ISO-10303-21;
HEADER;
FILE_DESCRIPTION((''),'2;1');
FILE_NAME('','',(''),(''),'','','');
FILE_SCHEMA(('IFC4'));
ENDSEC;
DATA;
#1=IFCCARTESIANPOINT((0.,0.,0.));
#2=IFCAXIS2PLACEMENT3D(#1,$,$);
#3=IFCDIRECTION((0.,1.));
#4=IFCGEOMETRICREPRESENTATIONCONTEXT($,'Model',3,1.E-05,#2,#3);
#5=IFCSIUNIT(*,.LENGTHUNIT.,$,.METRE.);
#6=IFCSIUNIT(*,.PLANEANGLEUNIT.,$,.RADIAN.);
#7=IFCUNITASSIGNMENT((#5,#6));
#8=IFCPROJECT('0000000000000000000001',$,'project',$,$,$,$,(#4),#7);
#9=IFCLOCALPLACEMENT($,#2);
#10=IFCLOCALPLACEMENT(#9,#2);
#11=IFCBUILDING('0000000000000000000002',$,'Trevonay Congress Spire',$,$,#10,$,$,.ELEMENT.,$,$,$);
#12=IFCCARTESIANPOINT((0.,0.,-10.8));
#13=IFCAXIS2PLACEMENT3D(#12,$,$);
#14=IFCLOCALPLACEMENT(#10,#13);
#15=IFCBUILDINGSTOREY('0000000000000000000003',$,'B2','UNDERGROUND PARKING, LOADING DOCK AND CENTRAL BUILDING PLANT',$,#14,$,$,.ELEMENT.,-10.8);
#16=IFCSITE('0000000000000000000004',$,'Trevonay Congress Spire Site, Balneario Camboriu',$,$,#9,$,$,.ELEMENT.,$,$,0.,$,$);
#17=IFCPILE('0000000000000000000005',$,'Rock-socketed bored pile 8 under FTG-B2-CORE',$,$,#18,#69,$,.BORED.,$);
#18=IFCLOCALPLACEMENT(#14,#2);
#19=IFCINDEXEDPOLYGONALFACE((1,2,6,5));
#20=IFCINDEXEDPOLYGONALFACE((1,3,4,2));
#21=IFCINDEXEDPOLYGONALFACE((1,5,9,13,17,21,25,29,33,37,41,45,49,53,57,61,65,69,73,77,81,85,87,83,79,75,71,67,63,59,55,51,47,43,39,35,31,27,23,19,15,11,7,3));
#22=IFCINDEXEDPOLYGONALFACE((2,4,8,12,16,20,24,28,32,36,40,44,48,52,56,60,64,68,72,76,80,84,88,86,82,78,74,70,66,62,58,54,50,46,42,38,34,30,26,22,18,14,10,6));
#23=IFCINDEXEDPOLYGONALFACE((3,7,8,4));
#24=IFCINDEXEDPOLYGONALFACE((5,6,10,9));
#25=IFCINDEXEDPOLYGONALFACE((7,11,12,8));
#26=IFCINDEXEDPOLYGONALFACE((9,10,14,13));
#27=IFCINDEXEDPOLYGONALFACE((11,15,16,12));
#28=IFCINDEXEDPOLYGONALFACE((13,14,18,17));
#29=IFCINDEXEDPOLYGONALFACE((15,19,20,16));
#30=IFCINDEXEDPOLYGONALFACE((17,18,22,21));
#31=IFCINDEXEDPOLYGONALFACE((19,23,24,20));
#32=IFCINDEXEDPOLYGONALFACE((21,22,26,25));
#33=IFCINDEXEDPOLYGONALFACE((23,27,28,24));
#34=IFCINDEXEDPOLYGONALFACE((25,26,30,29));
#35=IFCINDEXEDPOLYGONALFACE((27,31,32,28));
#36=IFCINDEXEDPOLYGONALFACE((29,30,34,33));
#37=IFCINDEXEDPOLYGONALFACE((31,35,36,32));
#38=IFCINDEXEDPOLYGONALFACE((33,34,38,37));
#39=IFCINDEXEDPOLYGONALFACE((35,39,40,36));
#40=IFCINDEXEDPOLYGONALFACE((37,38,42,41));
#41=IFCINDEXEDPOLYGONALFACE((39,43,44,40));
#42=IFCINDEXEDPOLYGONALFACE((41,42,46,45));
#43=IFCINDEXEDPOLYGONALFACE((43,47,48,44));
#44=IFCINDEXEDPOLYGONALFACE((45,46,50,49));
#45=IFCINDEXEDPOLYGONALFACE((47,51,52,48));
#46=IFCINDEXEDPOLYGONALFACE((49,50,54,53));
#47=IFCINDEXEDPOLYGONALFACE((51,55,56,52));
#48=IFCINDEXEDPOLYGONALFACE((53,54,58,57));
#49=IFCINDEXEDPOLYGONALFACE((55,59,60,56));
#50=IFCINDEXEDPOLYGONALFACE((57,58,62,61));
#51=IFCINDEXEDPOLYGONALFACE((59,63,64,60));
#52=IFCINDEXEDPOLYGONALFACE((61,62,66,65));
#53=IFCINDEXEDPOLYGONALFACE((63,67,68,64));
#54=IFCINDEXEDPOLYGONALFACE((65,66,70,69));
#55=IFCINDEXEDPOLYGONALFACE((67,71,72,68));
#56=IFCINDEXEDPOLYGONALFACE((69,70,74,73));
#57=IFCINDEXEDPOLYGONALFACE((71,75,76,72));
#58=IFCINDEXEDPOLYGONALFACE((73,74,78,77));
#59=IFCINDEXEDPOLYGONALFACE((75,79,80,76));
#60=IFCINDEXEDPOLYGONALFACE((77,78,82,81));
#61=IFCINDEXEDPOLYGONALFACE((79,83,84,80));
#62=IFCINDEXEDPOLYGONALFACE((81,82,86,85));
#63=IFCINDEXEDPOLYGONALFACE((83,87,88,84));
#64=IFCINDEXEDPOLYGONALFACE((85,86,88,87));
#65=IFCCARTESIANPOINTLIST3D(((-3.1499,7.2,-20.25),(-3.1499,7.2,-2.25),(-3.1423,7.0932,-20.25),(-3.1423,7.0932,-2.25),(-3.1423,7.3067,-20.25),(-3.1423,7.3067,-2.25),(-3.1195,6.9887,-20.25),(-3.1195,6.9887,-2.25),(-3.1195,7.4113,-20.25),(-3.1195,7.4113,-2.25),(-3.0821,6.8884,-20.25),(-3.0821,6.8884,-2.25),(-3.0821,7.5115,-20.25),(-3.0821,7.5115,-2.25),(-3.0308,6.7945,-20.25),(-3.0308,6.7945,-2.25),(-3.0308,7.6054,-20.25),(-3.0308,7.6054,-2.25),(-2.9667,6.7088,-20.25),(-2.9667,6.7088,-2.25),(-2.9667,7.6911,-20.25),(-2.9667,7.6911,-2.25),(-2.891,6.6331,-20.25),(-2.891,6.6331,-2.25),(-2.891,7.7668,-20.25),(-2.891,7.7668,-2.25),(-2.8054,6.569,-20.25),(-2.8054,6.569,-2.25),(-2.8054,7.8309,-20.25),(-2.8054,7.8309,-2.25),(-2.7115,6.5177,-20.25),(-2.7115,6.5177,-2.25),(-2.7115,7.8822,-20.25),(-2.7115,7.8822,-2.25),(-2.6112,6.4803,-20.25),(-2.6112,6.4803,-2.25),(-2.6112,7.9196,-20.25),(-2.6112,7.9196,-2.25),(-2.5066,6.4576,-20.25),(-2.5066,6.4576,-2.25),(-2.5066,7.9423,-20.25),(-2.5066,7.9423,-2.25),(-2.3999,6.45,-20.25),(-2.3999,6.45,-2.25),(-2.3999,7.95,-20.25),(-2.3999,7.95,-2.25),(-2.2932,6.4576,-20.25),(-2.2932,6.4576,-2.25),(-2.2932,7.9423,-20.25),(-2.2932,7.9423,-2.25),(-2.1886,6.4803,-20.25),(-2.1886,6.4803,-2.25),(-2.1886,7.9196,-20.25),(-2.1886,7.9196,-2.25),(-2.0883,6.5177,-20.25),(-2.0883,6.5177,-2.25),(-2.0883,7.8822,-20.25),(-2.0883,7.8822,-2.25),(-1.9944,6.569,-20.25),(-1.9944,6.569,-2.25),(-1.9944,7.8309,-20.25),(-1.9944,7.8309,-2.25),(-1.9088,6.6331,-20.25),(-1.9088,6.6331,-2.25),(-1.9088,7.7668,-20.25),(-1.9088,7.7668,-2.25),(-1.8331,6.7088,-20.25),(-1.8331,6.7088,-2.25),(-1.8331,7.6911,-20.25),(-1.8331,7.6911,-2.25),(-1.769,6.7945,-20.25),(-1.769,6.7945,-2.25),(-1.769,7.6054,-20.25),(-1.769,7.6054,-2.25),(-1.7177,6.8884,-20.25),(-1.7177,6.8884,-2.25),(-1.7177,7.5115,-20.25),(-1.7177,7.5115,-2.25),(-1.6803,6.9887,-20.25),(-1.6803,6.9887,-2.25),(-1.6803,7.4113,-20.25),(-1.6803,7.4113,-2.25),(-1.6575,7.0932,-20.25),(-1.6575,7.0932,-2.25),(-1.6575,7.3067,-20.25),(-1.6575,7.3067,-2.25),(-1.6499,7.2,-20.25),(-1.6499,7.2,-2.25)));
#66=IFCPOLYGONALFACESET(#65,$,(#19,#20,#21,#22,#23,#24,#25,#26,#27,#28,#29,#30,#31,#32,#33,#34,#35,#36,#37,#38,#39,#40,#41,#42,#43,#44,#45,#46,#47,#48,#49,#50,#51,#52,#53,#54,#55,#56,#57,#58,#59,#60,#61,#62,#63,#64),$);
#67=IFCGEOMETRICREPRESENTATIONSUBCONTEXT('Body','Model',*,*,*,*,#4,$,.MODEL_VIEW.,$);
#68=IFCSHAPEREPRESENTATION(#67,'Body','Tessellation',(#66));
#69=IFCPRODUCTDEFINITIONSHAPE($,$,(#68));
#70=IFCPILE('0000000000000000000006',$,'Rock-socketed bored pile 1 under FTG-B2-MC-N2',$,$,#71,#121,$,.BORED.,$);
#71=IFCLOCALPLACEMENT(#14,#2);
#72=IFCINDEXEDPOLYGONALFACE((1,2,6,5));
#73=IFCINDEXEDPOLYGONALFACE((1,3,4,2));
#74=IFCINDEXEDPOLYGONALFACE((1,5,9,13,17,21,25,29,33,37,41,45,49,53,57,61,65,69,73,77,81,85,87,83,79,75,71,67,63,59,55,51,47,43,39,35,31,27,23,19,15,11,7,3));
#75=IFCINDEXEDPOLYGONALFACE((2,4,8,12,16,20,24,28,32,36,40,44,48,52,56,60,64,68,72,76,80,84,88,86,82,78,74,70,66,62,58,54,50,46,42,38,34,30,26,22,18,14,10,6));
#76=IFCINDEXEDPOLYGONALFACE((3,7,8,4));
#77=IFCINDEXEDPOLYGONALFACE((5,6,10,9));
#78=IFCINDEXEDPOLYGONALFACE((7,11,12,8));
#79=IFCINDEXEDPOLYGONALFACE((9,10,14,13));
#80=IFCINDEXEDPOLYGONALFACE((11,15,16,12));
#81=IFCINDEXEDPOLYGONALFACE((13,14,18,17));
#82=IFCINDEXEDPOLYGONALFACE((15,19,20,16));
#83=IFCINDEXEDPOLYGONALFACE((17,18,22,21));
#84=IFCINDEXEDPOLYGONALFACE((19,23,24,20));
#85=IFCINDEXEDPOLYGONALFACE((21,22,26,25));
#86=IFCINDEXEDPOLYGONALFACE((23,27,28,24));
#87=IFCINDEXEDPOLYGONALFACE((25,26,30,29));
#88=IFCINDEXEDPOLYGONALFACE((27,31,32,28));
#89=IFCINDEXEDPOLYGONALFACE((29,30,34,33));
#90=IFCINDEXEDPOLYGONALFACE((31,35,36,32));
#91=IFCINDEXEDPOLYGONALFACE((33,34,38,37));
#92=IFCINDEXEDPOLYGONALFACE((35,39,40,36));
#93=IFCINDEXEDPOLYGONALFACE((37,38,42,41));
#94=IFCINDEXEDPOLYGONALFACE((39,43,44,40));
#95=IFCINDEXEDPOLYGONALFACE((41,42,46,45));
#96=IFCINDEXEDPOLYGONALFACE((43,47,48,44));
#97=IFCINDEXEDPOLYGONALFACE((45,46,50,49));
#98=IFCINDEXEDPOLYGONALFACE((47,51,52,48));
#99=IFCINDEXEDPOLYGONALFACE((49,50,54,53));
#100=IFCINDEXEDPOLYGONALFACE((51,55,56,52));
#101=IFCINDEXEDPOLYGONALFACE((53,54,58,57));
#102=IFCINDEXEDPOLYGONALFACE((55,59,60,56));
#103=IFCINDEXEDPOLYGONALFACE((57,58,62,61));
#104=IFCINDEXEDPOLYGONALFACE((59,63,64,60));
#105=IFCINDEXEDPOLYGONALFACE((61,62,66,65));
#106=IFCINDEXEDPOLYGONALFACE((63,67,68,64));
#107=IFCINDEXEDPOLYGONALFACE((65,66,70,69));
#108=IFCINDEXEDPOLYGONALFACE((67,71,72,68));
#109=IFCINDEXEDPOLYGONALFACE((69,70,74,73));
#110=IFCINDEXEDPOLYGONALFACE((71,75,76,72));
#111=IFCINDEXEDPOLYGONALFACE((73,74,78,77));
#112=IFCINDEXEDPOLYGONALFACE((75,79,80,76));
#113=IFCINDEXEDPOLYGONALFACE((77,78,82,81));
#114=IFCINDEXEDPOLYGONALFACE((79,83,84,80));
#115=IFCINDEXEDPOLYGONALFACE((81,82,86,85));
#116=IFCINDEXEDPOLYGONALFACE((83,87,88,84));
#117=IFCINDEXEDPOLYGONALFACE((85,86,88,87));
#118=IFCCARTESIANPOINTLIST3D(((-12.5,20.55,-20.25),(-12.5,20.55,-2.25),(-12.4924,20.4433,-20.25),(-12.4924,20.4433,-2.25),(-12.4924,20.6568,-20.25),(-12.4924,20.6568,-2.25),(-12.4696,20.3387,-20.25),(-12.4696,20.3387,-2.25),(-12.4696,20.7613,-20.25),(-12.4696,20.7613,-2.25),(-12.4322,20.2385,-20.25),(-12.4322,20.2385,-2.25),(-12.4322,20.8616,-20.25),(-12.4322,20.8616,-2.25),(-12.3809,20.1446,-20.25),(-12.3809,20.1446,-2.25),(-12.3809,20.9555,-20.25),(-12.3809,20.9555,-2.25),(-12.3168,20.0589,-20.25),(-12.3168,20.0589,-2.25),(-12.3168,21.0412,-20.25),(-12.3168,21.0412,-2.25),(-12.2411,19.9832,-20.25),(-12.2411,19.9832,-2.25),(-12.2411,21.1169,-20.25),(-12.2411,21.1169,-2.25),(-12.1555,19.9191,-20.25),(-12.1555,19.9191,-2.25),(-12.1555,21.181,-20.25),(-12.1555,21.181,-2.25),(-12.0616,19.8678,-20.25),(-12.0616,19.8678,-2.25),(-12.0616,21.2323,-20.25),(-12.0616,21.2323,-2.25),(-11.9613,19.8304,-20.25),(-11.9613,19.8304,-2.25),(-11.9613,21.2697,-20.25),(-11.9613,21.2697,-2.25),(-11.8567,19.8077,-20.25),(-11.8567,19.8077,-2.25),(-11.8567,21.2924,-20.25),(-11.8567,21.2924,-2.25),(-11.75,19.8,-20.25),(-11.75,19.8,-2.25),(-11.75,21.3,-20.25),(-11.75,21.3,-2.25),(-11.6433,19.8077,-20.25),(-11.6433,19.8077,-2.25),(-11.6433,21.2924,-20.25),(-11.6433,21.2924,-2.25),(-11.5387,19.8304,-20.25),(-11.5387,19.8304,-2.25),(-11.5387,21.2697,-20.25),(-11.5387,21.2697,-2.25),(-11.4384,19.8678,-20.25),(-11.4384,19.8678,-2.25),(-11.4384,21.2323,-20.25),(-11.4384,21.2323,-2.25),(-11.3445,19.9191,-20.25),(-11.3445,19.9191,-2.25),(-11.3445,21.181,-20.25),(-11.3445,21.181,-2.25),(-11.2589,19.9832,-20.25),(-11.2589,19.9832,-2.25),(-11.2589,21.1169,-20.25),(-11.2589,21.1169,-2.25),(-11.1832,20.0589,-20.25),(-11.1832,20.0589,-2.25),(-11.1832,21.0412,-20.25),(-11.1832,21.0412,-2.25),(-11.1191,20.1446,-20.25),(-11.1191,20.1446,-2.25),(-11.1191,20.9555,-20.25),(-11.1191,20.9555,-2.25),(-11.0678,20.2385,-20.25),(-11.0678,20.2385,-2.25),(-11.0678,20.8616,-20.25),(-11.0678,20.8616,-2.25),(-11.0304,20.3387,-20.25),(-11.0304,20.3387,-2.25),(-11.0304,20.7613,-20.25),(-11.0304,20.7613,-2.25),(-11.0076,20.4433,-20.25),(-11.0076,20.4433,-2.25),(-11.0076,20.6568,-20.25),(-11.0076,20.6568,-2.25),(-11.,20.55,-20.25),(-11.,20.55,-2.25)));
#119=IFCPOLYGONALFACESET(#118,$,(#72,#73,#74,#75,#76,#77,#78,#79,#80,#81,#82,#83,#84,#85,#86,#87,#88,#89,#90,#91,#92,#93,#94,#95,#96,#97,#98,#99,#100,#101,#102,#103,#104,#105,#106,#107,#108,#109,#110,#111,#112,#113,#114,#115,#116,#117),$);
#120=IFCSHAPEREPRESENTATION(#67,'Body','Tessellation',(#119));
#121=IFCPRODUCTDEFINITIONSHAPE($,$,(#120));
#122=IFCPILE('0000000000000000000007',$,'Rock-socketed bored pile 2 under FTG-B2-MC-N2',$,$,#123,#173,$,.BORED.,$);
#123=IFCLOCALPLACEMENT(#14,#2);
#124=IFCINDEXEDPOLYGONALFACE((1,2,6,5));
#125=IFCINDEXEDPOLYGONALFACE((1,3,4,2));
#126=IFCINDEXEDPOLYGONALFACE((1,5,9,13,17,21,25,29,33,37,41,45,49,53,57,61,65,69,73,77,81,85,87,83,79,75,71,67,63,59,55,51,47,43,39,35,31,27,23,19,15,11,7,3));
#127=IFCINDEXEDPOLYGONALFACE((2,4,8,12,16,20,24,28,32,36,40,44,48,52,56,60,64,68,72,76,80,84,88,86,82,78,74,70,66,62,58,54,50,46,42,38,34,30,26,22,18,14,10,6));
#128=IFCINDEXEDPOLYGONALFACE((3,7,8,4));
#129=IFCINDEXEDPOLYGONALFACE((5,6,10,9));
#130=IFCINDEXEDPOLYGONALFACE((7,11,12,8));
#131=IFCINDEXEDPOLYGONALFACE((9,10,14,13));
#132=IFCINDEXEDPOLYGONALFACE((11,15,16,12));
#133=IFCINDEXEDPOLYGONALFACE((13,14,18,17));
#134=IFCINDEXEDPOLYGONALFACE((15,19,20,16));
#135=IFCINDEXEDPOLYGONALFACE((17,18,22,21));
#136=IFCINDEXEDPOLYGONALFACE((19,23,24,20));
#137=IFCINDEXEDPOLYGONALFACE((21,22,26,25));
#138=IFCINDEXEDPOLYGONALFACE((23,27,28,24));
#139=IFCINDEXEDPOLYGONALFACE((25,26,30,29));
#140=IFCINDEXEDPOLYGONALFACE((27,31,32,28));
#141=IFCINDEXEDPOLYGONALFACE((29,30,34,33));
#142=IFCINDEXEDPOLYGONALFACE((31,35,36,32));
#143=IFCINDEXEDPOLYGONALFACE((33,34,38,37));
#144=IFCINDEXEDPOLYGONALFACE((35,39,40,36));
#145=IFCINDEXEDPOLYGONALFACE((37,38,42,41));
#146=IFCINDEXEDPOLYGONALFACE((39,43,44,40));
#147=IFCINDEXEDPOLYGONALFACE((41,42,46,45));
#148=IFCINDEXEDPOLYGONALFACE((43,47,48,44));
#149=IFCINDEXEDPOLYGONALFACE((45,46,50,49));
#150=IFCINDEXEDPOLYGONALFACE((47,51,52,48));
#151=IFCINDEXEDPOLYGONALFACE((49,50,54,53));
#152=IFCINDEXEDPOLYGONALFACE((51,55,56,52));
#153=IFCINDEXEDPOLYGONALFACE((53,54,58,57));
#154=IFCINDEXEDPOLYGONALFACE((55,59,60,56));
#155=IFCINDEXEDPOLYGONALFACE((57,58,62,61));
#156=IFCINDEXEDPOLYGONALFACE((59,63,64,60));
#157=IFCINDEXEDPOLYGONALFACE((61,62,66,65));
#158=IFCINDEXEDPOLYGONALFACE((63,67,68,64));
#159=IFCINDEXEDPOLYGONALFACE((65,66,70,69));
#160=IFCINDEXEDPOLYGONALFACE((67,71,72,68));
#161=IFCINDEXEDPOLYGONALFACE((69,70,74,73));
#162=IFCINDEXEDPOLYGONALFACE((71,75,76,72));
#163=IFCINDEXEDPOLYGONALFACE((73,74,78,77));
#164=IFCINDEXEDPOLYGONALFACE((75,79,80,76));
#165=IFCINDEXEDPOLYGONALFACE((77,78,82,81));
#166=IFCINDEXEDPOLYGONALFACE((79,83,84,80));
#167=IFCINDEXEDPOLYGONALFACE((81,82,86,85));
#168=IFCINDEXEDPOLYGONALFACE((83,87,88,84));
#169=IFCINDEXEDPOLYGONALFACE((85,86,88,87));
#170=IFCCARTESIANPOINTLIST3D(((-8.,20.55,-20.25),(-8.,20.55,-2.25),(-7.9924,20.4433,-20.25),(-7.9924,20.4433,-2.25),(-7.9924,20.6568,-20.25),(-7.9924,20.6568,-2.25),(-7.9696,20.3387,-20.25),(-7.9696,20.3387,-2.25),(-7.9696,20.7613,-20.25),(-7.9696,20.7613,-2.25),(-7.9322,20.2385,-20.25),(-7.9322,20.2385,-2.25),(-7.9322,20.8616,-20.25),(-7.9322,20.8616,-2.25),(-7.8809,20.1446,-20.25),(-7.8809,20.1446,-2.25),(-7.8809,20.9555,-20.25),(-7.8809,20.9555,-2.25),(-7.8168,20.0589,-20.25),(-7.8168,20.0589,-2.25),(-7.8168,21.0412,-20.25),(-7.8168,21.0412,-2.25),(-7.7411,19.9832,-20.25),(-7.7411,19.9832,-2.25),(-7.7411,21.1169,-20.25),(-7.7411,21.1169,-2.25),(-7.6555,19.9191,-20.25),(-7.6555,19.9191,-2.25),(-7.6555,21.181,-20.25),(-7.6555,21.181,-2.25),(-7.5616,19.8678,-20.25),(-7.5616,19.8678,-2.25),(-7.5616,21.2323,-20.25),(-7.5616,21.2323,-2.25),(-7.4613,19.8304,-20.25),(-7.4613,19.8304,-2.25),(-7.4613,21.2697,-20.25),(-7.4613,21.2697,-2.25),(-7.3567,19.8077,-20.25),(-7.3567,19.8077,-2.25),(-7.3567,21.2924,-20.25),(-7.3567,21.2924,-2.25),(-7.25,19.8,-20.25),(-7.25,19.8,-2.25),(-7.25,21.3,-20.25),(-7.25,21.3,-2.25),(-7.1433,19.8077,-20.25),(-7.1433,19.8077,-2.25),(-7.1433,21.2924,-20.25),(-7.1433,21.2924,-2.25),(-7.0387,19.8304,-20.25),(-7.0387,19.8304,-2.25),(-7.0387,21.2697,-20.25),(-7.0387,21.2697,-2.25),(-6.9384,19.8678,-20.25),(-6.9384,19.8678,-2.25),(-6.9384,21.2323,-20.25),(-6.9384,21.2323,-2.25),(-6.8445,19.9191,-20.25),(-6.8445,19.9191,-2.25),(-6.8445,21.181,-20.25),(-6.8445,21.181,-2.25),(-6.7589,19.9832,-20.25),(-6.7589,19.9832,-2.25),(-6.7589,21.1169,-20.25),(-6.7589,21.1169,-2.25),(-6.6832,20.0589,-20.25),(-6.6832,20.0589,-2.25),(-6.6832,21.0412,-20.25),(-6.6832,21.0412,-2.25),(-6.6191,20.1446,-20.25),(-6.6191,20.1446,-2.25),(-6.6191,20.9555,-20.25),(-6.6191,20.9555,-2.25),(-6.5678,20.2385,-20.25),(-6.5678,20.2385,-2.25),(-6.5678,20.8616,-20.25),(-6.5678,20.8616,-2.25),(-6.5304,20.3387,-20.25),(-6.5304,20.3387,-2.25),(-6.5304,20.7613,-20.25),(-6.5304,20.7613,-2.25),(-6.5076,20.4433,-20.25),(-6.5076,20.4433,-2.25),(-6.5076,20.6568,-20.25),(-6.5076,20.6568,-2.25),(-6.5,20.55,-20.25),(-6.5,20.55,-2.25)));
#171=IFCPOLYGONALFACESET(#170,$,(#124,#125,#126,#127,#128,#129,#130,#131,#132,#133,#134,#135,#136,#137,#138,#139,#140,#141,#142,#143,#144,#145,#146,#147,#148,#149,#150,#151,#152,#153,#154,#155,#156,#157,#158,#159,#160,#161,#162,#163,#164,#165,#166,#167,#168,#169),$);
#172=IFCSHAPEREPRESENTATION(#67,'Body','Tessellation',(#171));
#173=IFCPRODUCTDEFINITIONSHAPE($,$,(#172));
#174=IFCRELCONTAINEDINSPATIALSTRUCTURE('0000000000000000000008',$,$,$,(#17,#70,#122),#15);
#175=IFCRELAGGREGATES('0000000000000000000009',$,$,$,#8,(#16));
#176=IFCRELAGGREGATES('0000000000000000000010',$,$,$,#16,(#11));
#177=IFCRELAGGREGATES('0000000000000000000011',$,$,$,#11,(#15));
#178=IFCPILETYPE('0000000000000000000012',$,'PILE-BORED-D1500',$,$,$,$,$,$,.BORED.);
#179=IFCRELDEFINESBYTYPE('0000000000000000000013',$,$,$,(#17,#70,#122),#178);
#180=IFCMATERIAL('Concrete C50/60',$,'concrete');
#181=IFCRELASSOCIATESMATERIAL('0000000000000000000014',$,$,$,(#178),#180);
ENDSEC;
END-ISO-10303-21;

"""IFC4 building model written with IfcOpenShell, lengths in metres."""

from ifc_helpers import new_model, si_unit, direction, frame, origin, origin_2d, place, context, subcontext, project, spatial, circle, extrude, material, material_profile, profile_set, type_object, element, save


model = new_model("IFC4")

# Units and contexts
model_context = context("Model", 3, precision=1e-05, world=origin(), true_north=direction((0.0, 1.0)))
body_context = subcontext(model_context, "Body", "Model", "MODEL_VIEW")
ifc_project = project(units=[si_unit("LENGTHUNIT", "METRE"), si_unit("PLANEANGLEUNIT", "RADIAN")], contexts=[model_context])

# Site, building, storey
site_placement = place(None, origin())
site = spatial("IfcSite", under=ifc_project, at=site_placement, Name="Trevonay Congress Spire Site, Balneario Camboriu", CompositionType="ELEMENT", RefElevation=0.0)
building_placement = place(site_placement, origin())
building = spatial("IfcBuilding", under=site, at=building_placement, Name="Trevonay Congress Spire", CompositionType="ELEMENT")
storey_placement = place(building_placement, frame((0.0, 0.0, -10.8)))
storey = spatial("IfcBuildingStorey", under=building, at=storey_placement, Name="B2", Description="UNDERGROUND PARKING, LOADING DOCK AND CENTRAL BUILDING PLANT", CompositionType="ELEMENT", Elevation=-10.8)

# Shared definitions
ifc_material_1 = material(Name="Concrete C50/60", Category="concrete")

# Piles
ifc_material_profile_1 = material_profile(ifc_material_1, circle(Radius=0.75, at=origin_2d()), Name="PILE D1500")
ifc_profile_set_1 = profile_set([ifc_material_profile_1], Name="Concrete C50/60")
pile_type_1 = type_object("IfcPileType", Name="PILE-BORED-D1500", PredefinedType="BORED", material=ifc_profile_set_1)
for number, where, z_axis, x_axis, name in (
    (1, (-2.3999, 7.2, -2.25), (0.0, 0.0, -1.0), (1.0, 0.0, 0.0), "Rock-socketed bored pile 8 under FTG-B2-CORE"),
    (2, (-11.75, 20.55, -2.25), (0.0, 0.0, -1.0), (1.0, 0.0, 0.0), "Rock-socketed bored pile 1 under FTG-B2-MC-N2"),
    (3, (-7.25, 20.55, -2.25), (0.0, 0.0, -1.0), (1.0, 0.0, 0.0), "Rock-socketed bored pile 2 under FTG-B2-MC-N2"),
):
    element("IfcPile", number, at=place(storey_placement, frame(where, z_axis=z_axis, x_axis=x_axis)), inside=storey, type_object=pile_type_1, Name=name, PredefinedType="BORED", context=body_context, shape_type="SweptSolid", body=[
        extrude(circle(Radius=0.75, at=origin_2d()), origin(), (0.0, 0.0, 1.0), 18.0),
    ])

save(model, "model.ifc")
